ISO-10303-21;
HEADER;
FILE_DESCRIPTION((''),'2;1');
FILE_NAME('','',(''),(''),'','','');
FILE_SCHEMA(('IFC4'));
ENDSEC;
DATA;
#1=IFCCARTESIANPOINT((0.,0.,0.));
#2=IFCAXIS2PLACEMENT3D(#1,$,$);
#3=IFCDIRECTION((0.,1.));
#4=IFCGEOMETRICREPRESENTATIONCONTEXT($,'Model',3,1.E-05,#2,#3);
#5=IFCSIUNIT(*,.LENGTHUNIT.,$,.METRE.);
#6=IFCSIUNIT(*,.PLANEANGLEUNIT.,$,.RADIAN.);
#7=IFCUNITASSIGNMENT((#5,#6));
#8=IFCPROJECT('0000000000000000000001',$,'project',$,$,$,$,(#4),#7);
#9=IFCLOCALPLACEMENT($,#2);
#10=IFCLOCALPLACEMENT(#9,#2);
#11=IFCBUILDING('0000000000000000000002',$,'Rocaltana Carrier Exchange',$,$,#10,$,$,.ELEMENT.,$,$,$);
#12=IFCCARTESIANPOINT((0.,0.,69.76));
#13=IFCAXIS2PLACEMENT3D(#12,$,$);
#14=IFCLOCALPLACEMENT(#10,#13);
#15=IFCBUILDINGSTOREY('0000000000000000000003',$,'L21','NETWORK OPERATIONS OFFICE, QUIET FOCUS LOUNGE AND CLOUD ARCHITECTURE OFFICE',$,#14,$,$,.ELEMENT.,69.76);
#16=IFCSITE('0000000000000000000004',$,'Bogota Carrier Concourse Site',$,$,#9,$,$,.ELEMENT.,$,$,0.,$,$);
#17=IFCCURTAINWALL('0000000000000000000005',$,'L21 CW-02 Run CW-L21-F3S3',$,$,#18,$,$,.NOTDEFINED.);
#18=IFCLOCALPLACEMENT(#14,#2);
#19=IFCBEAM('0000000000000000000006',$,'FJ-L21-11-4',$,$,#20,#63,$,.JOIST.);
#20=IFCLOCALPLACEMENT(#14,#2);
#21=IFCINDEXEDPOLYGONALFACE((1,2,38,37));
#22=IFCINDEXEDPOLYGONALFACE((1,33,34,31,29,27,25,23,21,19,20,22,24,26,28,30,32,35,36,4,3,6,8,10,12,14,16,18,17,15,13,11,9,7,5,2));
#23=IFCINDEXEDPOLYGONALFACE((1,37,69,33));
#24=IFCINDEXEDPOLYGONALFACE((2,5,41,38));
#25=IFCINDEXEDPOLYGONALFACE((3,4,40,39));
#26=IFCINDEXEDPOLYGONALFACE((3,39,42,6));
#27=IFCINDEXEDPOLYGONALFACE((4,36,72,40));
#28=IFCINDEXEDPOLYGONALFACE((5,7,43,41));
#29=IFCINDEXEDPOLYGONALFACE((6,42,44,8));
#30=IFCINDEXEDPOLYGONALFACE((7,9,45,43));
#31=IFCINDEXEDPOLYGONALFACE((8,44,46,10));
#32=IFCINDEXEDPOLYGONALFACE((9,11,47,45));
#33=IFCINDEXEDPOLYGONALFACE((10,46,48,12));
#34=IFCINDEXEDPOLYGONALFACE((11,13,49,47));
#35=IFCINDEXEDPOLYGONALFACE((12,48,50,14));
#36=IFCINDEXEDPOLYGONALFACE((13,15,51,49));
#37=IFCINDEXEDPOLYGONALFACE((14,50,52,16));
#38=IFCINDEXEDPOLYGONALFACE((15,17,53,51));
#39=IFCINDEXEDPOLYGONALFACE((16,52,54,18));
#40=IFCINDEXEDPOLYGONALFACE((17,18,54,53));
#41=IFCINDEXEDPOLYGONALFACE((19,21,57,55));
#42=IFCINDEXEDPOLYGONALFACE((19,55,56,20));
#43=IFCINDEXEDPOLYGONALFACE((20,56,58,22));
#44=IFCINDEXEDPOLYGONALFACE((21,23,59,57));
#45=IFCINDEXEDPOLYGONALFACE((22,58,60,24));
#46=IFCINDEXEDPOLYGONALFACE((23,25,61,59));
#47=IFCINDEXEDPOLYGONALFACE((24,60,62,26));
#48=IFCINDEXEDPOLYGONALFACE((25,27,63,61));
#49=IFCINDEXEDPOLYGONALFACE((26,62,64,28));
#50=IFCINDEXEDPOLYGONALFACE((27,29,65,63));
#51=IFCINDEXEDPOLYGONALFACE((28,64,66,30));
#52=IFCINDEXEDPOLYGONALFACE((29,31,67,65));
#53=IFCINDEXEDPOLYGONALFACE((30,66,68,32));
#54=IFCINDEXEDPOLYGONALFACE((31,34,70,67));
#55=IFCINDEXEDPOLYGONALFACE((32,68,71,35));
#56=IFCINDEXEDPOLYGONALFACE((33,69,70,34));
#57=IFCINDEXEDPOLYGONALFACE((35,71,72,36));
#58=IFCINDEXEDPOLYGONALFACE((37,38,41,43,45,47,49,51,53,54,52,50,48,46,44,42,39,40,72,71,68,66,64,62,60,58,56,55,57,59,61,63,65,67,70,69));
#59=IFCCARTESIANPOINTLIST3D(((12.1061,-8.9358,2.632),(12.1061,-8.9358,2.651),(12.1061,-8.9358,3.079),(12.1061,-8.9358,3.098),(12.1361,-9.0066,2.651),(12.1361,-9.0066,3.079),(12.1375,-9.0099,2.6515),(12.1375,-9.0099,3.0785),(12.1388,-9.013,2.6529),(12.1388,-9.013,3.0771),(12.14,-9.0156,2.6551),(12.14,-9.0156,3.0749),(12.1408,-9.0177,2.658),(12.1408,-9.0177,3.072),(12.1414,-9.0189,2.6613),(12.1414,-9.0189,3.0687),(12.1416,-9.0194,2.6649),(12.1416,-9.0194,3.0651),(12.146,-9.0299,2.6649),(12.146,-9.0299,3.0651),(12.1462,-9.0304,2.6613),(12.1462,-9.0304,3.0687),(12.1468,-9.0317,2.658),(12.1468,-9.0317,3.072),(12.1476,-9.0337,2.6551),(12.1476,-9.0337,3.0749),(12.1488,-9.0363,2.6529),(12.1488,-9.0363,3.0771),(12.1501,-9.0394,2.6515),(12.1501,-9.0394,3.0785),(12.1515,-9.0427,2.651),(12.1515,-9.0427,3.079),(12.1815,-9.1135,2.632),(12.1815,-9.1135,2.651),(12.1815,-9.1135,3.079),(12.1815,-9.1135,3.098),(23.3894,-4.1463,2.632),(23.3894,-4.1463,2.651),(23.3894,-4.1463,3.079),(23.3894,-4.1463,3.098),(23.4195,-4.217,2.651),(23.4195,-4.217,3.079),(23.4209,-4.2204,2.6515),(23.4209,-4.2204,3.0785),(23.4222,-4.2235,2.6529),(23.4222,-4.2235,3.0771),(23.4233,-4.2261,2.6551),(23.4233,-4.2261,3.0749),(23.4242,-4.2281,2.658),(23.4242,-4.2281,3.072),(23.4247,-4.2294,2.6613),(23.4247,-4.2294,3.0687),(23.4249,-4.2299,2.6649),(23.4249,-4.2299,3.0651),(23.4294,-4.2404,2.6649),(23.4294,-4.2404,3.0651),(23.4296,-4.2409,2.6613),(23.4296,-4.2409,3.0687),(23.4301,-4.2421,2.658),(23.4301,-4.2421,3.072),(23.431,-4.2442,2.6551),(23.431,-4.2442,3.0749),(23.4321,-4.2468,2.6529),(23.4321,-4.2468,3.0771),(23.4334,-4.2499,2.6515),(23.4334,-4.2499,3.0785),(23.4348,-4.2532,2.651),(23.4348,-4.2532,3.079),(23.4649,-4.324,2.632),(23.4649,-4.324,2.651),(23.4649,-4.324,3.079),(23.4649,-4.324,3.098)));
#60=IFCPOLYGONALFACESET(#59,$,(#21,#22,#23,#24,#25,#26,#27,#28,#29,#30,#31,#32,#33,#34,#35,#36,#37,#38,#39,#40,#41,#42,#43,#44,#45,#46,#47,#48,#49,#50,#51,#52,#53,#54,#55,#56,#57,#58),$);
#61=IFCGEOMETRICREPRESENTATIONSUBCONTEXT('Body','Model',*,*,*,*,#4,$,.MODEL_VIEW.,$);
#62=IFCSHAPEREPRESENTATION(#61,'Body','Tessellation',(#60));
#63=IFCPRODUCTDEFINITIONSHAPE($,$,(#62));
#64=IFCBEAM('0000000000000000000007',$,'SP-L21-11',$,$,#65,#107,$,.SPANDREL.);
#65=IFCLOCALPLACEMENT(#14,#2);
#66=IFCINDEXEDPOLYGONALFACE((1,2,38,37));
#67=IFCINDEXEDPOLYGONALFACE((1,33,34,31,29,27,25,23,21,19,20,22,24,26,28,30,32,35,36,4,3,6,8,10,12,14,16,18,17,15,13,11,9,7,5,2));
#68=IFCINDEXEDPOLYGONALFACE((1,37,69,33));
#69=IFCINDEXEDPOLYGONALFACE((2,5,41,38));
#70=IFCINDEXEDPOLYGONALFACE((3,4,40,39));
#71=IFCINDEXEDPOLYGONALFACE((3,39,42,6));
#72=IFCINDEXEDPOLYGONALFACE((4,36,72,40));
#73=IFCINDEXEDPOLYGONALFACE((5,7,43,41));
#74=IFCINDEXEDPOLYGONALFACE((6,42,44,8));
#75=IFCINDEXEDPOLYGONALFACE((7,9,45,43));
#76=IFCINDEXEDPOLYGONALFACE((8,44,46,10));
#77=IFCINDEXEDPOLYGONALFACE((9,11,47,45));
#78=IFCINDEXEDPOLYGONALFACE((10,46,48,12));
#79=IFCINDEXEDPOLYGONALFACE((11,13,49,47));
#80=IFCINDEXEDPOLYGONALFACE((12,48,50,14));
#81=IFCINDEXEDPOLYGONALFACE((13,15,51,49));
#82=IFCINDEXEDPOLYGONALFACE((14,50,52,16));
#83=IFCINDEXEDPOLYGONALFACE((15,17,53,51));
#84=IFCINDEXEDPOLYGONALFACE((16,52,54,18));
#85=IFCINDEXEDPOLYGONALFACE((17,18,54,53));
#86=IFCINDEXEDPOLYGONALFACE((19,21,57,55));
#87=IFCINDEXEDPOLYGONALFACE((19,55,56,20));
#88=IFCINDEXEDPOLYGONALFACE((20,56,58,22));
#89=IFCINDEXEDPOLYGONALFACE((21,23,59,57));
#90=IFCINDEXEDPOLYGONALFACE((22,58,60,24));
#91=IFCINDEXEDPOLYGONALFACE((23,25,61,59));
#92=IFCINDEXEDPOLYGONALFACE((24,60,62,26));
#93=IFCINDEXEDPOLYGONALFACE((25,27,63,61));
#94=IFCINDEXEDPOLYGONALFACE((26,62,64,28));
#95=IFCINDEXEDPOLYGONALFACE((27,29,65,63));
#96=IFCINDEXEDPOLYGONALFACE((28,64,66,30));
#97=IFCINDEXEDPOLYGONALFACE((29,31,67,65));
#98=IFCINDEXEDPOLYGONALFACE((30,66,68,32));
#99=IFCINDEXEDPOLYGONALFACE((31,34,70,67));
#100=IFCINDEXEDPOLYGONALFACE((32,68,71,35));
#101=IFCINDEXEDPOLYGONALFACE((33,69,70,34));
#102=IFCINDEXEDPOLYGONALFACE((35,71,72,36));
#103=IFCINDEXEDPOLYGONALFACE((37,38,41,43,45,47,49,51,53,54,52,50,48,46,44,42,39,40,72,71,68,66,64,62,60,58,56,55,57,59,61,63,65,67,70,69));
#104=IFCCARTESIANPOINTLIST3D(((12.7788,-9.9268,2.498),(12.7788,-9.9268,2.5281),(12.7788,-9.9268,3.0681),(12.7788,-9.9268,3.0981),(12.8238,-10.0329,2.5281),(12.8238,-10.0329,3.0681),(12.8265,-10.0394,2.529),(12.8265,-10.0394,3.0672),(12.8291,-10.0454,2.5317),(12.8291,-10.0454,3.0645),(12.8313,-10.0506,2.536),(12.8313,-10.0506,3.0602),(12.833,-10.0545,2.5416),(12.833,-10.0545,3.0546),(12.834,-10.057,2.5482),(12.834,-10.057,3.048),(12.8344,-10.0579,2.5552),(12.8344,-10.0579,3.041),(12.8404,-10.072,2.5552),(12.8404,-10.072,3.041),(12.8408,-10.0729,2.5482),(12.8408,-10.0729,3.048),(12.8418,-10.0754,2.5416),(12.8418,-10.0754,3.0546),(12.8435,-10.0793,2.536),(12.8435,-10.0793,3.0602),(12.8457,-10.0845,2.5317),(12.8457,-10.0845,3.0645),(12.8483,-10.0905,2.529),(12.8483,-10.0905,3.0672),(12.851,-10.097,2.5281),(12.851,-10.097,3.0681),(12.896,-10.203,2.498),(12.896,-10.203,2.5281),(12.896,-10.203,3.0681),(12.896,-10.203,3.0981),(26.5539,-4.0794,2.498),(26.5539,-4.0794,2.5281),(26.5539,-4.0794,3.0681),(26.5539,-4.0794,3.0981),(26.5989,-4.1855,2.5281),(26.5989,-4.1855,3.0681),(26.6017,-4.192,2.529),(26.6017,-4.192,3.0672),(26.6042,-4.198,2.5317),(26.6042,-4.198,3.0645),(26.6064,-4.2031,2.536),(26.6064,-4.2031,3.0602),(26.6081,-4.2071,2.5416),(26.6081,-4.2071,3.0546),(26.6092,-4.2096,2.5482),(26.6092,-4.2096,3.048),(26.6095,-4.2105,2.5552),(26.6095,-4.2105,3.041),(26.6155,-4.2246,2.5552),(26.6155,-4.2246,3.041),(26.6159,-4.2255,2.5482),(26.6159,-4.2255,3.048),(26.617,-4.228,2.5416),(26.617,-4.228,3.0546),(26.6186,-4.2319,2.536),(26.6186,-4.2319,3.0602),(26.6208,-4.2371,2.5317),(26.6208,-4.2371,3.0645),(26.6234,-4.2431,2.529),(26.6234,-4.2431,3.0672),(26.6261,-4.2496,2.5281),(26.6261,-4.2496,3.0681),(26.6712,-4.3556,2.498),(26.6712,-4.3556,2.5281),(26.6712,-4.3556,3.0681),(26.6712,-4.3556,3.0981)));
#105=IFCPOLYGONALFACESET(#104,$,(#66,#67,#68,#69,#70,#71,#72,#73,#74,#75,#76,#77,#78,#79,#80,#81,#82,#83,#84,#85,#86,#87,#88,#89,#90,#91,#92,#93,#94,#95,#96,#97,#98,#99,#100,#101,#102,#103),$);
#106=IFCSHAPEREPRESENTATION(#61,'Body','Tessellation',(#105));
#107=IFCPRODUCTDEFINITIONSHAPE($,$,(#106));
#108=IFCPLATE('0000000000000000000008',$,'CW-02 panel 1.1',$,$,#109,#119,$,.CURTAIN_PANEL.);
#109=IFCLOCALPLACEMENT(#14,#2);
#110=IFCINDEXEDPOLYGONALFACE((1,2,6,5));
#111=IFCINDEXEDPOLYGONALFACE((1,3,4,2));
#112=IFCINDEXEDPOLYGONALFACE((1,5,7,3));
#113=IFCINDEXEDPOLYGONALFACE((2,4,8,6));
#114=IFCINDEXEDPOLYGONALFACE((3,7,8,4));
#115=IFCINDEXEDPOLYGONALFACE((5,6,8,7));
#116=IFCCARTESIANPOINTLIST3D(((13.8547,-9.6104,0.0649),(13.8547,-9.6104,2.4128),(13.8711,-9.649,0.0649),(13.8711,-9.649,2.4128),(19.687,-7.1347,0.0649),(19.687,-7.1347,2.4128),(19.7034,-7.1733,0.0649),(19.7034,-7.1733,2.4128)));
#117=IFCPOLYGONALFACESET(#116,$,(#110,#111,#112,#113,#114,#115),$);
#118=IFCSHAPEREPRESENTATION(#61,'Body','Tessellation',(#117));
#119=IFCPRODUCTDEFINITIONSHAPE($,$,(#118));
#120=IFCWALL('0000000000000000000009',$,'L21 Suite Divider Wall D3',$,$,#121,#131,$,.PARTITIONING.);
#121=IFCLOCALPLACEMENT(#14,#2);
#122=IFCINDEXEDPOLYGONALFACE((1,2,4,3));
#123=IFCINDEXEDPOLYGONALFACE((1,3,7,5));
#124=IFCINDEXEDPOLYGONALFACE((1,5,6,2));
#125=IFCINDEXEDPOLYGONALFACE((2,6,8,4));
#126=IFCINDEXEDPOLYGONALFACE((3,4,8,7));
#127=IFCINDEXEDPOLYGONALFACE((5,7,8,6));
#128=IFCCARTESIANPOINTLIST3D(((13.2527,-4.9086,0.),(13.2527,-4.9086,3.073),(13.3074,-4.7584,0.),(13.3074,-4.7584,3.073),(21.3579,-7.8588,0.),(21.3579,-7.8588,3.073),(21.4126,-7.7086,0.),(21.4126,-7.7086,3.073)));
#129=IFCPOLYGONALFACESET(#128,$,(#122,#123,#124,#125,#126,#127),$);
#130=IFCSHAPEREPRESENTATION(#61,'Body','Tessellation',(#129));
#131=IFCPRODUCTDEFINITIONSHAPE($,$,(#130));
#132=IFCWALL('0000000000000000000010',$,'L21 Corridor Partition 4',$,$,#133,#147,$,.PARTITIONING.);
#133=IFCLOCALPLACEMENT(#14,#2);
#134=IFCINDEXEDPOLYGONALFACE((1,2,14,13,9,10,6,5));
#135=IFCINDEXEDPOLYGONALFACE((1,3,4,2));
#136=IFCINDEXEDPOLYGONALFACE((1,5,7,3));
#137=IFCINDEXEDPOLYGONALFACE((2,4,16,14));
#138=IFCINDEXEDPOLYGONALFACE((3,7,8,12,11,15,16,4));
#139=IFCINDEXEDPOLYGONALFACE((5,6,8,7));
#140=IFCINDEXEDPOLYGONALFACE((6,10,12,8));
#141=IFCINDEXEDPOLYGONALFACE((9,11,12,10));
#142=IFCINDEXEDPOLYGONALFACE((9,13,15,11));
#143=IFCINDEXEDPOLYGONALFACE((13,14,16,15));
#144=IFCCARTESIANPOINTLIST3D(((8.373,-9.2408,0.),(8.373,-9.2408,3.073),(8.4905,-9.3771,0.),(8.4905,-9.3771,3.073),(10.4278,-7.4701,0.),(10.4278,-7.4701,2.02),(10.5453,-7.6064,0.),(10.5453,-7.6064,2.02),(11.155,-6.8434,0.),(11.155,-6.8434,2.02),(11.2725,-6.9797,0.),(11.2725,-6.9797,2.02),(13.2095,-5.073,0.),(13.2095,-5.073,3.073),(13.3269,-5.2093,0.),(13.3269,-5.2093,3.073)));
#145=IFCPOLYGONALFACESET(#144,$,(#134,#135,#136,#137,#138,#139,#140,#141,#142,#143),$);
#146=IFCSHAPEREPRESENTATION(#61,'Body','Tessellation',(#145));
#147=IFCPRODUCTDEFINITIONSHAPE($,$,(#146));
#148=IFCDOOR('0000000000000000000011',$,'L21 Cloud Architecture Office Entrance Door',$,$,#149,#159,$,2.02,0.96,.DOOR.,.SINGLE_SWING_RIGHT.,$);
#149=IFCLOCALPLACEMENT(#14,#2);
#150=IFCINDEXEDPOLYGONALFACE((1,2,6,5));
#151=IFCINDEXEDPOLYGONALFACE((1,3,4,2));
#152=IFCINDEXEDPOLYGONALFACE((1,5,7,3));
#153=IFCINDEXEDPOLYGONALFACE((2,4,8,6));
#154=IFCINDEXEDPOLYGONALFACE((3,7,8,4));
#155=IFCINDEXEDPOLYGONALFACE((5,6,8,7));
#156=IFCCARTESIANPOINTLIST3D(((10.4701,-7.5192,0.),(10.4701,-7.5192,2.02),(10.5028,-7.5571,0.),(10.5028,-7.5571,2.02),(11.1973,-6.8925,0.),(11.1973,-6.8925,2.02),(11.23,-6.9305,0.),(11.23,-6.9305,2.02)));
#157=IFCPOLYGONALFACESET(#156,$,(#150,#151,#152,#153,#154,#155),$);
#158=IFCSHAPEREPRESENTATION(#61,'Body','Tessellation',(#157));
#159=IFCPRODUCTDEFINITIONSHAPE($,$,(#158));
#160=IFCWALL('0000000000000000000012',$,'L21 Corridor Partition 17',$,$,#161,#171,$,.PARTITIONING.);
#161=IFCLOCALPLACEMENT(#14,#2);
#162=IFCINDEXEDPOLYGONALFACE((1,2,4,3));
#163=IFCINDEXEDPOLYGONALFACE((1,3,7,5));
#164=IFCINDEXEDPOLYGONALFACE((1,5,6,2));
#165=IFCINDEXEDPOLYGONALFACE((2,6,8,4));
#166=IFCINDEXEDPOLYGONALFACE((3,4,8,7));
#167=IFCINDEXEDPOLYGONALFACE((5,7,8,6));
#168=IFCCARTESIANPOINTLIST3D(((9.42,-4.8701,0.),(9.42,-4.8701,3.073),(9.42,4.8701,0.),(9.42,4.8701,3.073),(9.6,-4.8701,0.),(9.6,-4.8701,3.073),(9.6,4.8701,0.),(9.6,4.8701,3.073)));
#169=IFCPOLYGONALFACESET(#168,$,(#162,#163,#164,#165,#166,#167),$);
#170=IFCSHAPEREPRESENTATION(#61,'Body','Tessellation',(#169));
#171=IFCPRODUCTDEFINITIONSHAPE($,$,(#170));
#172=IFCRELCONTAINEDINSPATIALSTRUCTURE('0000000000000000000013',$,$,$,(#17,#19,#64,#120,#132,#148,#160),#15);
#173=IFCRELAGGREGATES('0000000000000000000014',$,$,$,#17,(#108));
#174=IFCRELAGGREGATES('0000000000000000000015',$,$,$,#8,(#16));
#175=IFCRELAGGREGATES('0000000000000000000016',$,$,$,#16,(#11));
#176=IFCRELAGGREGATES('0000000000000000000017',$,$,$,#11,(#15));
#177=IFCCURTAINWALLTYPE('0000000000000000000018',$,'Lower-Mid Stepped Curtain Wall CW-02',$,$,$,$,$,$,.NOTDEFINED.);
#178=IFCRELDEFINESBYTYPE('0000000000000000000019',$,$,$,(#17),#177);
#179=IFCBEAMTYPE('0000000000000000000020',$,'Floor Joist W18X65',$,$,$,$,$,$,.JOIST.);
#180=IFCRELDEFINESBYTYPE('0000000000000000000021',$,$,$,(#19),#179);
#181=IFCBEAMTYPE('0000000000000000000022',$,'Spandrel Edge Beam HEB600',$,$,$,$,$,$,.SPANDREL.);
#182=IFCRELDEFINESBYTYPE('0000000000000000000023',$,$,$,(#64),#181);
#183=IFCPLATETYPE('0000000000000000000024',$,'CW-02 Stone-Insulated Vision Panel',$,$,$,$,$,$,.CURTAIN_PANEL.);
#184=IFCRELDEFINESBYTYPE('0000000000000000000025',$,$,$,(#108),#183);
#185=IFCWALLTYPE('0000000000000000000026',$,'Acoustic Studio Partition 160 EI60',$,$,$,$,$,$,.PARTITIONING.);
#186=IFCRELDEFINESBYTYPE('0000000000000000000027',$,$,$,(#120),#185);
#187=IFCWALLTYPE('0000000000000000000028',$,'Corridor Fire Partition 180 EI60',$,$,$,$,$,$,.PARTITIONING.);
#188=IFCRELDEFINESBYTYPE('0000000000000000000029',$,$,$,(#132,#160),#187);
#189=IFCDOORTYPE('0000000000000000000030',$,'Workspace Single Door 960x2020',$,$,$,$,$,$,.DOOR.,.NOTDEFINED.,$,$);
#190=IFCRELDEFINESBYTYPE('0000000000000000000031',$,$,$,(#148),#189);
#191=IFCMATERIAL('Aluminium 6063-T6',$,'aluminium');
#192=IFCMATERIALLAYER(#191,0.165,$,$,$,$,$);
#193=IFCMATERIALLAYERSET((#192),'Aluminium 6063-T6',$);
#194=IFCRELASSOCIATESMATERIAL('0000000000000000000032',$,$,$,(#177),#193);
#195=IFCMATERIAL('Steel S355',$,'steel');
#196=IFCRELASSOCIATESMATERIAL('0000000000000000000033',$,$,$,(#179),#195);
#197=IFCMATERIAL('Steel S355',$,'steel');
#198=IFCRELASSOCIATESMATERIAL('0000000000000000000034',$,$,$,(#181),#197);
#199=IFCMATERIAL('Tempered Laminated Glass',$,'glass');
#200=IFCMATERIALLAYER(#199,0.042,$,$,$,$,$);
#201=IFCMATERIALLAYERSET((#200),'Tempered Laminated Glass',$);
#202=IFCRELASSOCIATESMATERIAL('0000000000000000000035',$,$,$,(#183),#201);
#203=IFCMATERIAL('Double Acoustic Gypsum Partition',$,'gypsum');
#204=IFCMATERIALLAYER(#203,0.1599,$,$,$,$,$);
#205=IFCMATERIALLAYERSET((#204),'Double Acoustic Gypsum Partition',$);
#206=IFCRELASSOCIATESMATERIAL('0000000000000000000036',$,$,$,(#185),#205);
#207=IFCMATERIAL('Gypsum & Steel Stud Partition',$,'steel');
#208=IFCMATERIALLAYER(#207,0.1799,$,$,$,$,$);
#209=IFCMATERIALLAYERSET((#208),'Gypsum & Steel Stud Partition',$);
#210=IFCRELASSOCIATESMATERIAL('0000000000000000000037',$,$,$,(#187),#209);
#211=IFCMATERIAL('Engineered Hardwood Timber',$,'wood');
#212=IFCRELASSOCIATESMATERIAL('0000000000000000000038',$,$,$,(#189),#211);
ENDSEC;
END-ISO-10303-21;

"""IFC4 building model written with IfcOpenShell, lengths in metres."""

from ifc_helpers import new_model, si_unit, direction, frame, frame_2d, origin, origin_2d, place, context, subcontext, project, spatial, rectangle, i_section, extrude, material, layer, layer_set, material_profile, profile_set, type_object, element, fill, aggregate, save


model = new_model("IFC4")

# Units and contexts
model_context = context("Model", 3, precision=1e-05, world=origin(), true_north=direction((0.0, 1.0)))
body_context = subcontext(model_context, "Body", "Model", "MODEL_VIEW")
ifc_project = project(units=[si_unit("LENGTHUNIT", "METRE"), si_unit("PLANEANGLEUNIT", "RADIAN")], contexts=[model_context])

# Site, building, storey
site_placement = place(None, origin())
site = spatial("IfcSite", under=ifc_project, at=site_placement, Name="Bogota Carrier Concourse Site", CompositionType="ELEMENT", RefElevation=0.0)
building_placement = place(site_placement, origin())
building = spatial("IfcBuilding", under=site, at=building_placement, Name="Rocaltana Carrier Exchange", CompositionType="ELEMENT")
storey_placement = place(building_placement, frame((0.0, 0.0, 69.76)))
storey = spatial("IfcBuildingStorey", under=building, at=storey_placement, Name="L21", Description="NETWORK OPERATIONS OFFICE, QUIET FOCUS LOUNGE AND CLOUD ARCHITECTURE OFFICE", CompositionType="ELEMENT", Elevation=69.76)

# Shared definitions
ifc_material_1 = material(Name="Aluminium 6063-T6", Category="aluminium")
ifc_layer_1 = layer(ifc_material_1, 0.165)
ifc_layer_set_1 = layer_set([ifc_layer_1], Name="Aluminium 6063-T6")
curtain_wall_type = type_object("IfcCurtainWallType", Name="Lower-Mid Stepped Curtain Wall CW-02", PredefinedType="NOTDEFINED", material=ifc_layer_set_1)

# Curtain wall
curtain_wall_1_placement = place(storey_placement, origin())
curtain_wall_1 = element("IfcCurtainWall", 1, at=curtain_wall_1_placement, inside=storey, type_object=curtain_wall_type, Name="L21 CW-02 Run CW-L21-F3S3", PredefinedType="NOTDEFINED")

# Beams
ifc_material_2 = material(Name="Steel S355", Category="steel")
ifc_material_profile_1 = material_profile(ifc_material_2, i_section(OverallWidth=0.1931, OverallDepth=0.4661, WebThickness=0.0115, FlangeThickness=0.019, FilletRadius=0.0139, at=origin_2d()), Name="W18X65")
ifc_profile_set_1 = profile_set([ifc_material_profile_1], Name="Steel S355")
beam_type_1 = type_object("IfcBeamType", Name="Floor Joist W18X65", PredefinedType="JOIST", material=ifc_profile_set_1)
beam_1_placement = place(storey_placement, frame((12.1438, -9.0247, 2.865), z_axis=(0.920505, 0.390732, 0.0), x_axis=(-0.390732, 0.920505, 0.0)))
element("IfcBeam", 2, at=beam_1_placement, inside=storey, type_object=beam_type_1, Name="FJ-L21-11-4", PredefinedType="JOIST", context=body_context, shape_type="SweptSolid", body=[
    extrude(i_section(OverallWidth=0.1931, OverallDepth=0.4661, WebThickness=0.0115, FlangeThickness=0.019, FilletRadius=0.0139, at=origin_2d()), origin(), (0.0, 0.0, 1.0), 12.2578),
])
ifc_material_3 = material(Name="Steel S355", Category="steel")
ifc_material_profile_2 = material_profile(ifc_material_3, i_section(OverallWidth=0.3, OverallDepth=0.6001, WebThickness=0.0154, FlangeThickness=0.03, FilletRadius=0.0271, at=origin_2d()), Name="HEB600")
ifc_profile_set_2 = profile_set([ifc_material_profile_2], Name="Steel S355")
beam_type_2 = type_object("IfcBeamType", Name="Spandrel Edge Beam HEB600", PredefinedType="SPANDREL", material=ifc_profile_set_2)
beam_2_placement = place(storey_placement, frame((12.8374, -10.0649, 2.7981), z_axis=(0.9205, 0.390743, 0.0), x_axis=(-0.390743, 0.9205, 0.0)))
element("IfcBeam", 3, at=beam_2_placement, inside=storey, type_object=beam_type_2, Name="SP-L21-11", PredefinedType="SPANDREL", context=body_context, shape_type="SweptSolid", body=[
    extrude(i_section(OverallWidth=0.3, OverallDepth=0.6001, WebThickness=0.0154, FlangeThickness=0.03, FilletRadius=0.0271, at=origin_2d()), origin(), (0.0, 0.0, 1.0), 14.9648),
])

# Plate
ifc_material_4 = material(Name="Tempered Laminated Glass", Category="glass")
ifc_layer_2 = layer(ifc_material_4, 0.042)
ifc_layer_set_2 = layer_set([ifc_layer_2], Name="Tempered Laminated Glass")
plate_type = type_object("IfcPlateType", Name="CW-02 Stone-Insulated Vision Panel", PredefinedType="CURTAIN_PANEL", material=ifc_layer_set_2)
plate_placement = place(storey_placement, frame((16.7791, -8.3918, 0.0649), z_axis=(0.0, 0.0, 1.0), x_axis=(0.920503, 0.390735, 0.0)))
plate = element("IfcPlate", 4, at=plate_placement, type_object=plate_type, Name="CW-02 panel 1.1", PredefinedType="CURTAIN_PANEL", context=body_context, shape_type="SweptSolid", body=[
    extrude(rectangle(XDim=6.3359, YDim=0.042, at=origin_2d()), origin(), (0.0, 0.0, 1.0), 2.3479),
])
aggregate(curtain_wall_1, [plate])

# Wall
ifc_material_5 = material(Name="Double Acoustic Gypsum Partition", Category="gypsum")
ifc_layer_3 = layer(ifc_material_5, 0.1599)
ifc_layer_set_3 = layer_set([ifc_layer_3], Name="Double Acoustic Gypsum Partition")
wall_type_1 = type_object("IfcWallType", Name="Acoustic Studio Partition 160 EI60", PredefinedType="PARTITIONING", material=ifc_layer_set_3)
wall_1_placement = place(storey_placement, frame((13.28, -4.8335, 0.0), z_axis=(0.0, 0.0, 1.0), x_axis=(0.939688, -0.342034, 0.0)))
element("IfcWall", 5, at=wall_1_placement, inside=storey, type_object=wall_type_1, Name="L21 Suite Divider Wall D3", PredefinedType="PARTITIONING", context=body_context, shape_type="SweptSolid", body=[
    extrude(rectangle(XDim=8.6255, YDim=0.1599, at=frame_2d((4.3127, 0.0))), origin(), (0.0, 0.0, 1.0), 3.073),
])

# Wall, opening, door
ifc_material_6 = material(Name="Gypsum & Steel Stud Partition", Category="steel")
ifc_layer_4 = layer(ifc_material_6, 0.1799)
ifc_layer_set_4 = layer_set([ifc_layer_4], Name="Gypsum & Steel Stud Partition")
wall_type_2 = type_object("IfcWallType", Name="Corridor Fire Partition 180 EI60", PredefinedType="PARTITIONING", material=ifc_layer_set_4)
wall_2_placement = place(storey_placement, frame((13.2683, -5.1411, 0.0), z_axis=(0.0, 0.0, 1.0), x_axis=(-0.757535, -0.652795, 0.0)))
wall_2 = element("IfcWall", 6, at=wall_2_placement, inside=storey, type_object=wall_type_2, Name="L21 Corridor Partition 4", PredefinedType="PARTITIONING", context=body_context, shape_type="SweptSolid", body=[
    extrude(rectangle(XDim=6.3845, YDim=0.1799, at=frame_2d((3.1924, 0.0))), origin(), (0.0, 0.0, 1.0), 3.073),
])
opening_placement = place(wall_2_placement, frame((2.7122, 0.0, 0.0)))
opening = element("IfcOpeningElement", 7, at=opening_placement, cuts=wall_2, PredefinedType="OPENING", context=body_context, shape_type="SweptSolid", body=[
    extrude(rectangle(XDim=0.96, YDim=2.02, at=frame_2d((0.48, 1.01))), frame((0.0, 0.0999, 0.0), z_axis=(0.0, -1.0, 0.0), x_axis=(1.0, 0.0, 0.0)), (0.0, 0.0, 1.0), 0.2),
])
ifc_material_7 = material(Name="Engineered Hardwood Timber", Category="wood")
door_type = type_object("IfcDoorType", Name="Workspace Single Door 960x2020", OperationType="NOTDEFINED", PredefinedType="DOOR", material=ifc_material_7)
door_placement = place(opening_placement, origin())
door = element("IfcDoor", 8, at=door_placement, inside=storey, type_object=door_type, Name="L21 Cloud Architecture Office Entrance Door", OperationType="SINGLE_SWING_RIGHT", OverallHeight=2.02, OverallWidth=0.96, PredefinedType="DOOR", context=body_context, shape_type="SweptSolid", body=[
    extrude(rectangle(XDim=0.96, YDim=2.02, at=frame_2d((0.48, 1.01))), frame((0.0, 0.0249, 0.0), z_axis=(0.0, -1.0, 0.0), x_axis=(1.0, 0.0, 0.0)), (0.0, 0.0, 1.0), 0.05),
])
fill(opening, door)

# Wall
wall_3_placement = place(storey_placement, frame((9.51, -4.8701, 0.0), z_axis=(0.0, 0.0, 1.0), x_axis=(0.0, 1.0, 0.0)))
element("IfcWall", 9, at=wall_3_placement, inside=storey, type_object=wall_type_2, Name="L21 Corridor Partition 17", PredefinedType="PARTITIONING", context=body_context, shape_type="SweptSolid", body=[
    extrude(rectangle(XDim=9.7402, YDim=0.1799, at=frame_2d((4.8701, 0.0))), origin(), (0.0, 0.0, 1.0), 3.073),
])

save(model, "model.ifc")
